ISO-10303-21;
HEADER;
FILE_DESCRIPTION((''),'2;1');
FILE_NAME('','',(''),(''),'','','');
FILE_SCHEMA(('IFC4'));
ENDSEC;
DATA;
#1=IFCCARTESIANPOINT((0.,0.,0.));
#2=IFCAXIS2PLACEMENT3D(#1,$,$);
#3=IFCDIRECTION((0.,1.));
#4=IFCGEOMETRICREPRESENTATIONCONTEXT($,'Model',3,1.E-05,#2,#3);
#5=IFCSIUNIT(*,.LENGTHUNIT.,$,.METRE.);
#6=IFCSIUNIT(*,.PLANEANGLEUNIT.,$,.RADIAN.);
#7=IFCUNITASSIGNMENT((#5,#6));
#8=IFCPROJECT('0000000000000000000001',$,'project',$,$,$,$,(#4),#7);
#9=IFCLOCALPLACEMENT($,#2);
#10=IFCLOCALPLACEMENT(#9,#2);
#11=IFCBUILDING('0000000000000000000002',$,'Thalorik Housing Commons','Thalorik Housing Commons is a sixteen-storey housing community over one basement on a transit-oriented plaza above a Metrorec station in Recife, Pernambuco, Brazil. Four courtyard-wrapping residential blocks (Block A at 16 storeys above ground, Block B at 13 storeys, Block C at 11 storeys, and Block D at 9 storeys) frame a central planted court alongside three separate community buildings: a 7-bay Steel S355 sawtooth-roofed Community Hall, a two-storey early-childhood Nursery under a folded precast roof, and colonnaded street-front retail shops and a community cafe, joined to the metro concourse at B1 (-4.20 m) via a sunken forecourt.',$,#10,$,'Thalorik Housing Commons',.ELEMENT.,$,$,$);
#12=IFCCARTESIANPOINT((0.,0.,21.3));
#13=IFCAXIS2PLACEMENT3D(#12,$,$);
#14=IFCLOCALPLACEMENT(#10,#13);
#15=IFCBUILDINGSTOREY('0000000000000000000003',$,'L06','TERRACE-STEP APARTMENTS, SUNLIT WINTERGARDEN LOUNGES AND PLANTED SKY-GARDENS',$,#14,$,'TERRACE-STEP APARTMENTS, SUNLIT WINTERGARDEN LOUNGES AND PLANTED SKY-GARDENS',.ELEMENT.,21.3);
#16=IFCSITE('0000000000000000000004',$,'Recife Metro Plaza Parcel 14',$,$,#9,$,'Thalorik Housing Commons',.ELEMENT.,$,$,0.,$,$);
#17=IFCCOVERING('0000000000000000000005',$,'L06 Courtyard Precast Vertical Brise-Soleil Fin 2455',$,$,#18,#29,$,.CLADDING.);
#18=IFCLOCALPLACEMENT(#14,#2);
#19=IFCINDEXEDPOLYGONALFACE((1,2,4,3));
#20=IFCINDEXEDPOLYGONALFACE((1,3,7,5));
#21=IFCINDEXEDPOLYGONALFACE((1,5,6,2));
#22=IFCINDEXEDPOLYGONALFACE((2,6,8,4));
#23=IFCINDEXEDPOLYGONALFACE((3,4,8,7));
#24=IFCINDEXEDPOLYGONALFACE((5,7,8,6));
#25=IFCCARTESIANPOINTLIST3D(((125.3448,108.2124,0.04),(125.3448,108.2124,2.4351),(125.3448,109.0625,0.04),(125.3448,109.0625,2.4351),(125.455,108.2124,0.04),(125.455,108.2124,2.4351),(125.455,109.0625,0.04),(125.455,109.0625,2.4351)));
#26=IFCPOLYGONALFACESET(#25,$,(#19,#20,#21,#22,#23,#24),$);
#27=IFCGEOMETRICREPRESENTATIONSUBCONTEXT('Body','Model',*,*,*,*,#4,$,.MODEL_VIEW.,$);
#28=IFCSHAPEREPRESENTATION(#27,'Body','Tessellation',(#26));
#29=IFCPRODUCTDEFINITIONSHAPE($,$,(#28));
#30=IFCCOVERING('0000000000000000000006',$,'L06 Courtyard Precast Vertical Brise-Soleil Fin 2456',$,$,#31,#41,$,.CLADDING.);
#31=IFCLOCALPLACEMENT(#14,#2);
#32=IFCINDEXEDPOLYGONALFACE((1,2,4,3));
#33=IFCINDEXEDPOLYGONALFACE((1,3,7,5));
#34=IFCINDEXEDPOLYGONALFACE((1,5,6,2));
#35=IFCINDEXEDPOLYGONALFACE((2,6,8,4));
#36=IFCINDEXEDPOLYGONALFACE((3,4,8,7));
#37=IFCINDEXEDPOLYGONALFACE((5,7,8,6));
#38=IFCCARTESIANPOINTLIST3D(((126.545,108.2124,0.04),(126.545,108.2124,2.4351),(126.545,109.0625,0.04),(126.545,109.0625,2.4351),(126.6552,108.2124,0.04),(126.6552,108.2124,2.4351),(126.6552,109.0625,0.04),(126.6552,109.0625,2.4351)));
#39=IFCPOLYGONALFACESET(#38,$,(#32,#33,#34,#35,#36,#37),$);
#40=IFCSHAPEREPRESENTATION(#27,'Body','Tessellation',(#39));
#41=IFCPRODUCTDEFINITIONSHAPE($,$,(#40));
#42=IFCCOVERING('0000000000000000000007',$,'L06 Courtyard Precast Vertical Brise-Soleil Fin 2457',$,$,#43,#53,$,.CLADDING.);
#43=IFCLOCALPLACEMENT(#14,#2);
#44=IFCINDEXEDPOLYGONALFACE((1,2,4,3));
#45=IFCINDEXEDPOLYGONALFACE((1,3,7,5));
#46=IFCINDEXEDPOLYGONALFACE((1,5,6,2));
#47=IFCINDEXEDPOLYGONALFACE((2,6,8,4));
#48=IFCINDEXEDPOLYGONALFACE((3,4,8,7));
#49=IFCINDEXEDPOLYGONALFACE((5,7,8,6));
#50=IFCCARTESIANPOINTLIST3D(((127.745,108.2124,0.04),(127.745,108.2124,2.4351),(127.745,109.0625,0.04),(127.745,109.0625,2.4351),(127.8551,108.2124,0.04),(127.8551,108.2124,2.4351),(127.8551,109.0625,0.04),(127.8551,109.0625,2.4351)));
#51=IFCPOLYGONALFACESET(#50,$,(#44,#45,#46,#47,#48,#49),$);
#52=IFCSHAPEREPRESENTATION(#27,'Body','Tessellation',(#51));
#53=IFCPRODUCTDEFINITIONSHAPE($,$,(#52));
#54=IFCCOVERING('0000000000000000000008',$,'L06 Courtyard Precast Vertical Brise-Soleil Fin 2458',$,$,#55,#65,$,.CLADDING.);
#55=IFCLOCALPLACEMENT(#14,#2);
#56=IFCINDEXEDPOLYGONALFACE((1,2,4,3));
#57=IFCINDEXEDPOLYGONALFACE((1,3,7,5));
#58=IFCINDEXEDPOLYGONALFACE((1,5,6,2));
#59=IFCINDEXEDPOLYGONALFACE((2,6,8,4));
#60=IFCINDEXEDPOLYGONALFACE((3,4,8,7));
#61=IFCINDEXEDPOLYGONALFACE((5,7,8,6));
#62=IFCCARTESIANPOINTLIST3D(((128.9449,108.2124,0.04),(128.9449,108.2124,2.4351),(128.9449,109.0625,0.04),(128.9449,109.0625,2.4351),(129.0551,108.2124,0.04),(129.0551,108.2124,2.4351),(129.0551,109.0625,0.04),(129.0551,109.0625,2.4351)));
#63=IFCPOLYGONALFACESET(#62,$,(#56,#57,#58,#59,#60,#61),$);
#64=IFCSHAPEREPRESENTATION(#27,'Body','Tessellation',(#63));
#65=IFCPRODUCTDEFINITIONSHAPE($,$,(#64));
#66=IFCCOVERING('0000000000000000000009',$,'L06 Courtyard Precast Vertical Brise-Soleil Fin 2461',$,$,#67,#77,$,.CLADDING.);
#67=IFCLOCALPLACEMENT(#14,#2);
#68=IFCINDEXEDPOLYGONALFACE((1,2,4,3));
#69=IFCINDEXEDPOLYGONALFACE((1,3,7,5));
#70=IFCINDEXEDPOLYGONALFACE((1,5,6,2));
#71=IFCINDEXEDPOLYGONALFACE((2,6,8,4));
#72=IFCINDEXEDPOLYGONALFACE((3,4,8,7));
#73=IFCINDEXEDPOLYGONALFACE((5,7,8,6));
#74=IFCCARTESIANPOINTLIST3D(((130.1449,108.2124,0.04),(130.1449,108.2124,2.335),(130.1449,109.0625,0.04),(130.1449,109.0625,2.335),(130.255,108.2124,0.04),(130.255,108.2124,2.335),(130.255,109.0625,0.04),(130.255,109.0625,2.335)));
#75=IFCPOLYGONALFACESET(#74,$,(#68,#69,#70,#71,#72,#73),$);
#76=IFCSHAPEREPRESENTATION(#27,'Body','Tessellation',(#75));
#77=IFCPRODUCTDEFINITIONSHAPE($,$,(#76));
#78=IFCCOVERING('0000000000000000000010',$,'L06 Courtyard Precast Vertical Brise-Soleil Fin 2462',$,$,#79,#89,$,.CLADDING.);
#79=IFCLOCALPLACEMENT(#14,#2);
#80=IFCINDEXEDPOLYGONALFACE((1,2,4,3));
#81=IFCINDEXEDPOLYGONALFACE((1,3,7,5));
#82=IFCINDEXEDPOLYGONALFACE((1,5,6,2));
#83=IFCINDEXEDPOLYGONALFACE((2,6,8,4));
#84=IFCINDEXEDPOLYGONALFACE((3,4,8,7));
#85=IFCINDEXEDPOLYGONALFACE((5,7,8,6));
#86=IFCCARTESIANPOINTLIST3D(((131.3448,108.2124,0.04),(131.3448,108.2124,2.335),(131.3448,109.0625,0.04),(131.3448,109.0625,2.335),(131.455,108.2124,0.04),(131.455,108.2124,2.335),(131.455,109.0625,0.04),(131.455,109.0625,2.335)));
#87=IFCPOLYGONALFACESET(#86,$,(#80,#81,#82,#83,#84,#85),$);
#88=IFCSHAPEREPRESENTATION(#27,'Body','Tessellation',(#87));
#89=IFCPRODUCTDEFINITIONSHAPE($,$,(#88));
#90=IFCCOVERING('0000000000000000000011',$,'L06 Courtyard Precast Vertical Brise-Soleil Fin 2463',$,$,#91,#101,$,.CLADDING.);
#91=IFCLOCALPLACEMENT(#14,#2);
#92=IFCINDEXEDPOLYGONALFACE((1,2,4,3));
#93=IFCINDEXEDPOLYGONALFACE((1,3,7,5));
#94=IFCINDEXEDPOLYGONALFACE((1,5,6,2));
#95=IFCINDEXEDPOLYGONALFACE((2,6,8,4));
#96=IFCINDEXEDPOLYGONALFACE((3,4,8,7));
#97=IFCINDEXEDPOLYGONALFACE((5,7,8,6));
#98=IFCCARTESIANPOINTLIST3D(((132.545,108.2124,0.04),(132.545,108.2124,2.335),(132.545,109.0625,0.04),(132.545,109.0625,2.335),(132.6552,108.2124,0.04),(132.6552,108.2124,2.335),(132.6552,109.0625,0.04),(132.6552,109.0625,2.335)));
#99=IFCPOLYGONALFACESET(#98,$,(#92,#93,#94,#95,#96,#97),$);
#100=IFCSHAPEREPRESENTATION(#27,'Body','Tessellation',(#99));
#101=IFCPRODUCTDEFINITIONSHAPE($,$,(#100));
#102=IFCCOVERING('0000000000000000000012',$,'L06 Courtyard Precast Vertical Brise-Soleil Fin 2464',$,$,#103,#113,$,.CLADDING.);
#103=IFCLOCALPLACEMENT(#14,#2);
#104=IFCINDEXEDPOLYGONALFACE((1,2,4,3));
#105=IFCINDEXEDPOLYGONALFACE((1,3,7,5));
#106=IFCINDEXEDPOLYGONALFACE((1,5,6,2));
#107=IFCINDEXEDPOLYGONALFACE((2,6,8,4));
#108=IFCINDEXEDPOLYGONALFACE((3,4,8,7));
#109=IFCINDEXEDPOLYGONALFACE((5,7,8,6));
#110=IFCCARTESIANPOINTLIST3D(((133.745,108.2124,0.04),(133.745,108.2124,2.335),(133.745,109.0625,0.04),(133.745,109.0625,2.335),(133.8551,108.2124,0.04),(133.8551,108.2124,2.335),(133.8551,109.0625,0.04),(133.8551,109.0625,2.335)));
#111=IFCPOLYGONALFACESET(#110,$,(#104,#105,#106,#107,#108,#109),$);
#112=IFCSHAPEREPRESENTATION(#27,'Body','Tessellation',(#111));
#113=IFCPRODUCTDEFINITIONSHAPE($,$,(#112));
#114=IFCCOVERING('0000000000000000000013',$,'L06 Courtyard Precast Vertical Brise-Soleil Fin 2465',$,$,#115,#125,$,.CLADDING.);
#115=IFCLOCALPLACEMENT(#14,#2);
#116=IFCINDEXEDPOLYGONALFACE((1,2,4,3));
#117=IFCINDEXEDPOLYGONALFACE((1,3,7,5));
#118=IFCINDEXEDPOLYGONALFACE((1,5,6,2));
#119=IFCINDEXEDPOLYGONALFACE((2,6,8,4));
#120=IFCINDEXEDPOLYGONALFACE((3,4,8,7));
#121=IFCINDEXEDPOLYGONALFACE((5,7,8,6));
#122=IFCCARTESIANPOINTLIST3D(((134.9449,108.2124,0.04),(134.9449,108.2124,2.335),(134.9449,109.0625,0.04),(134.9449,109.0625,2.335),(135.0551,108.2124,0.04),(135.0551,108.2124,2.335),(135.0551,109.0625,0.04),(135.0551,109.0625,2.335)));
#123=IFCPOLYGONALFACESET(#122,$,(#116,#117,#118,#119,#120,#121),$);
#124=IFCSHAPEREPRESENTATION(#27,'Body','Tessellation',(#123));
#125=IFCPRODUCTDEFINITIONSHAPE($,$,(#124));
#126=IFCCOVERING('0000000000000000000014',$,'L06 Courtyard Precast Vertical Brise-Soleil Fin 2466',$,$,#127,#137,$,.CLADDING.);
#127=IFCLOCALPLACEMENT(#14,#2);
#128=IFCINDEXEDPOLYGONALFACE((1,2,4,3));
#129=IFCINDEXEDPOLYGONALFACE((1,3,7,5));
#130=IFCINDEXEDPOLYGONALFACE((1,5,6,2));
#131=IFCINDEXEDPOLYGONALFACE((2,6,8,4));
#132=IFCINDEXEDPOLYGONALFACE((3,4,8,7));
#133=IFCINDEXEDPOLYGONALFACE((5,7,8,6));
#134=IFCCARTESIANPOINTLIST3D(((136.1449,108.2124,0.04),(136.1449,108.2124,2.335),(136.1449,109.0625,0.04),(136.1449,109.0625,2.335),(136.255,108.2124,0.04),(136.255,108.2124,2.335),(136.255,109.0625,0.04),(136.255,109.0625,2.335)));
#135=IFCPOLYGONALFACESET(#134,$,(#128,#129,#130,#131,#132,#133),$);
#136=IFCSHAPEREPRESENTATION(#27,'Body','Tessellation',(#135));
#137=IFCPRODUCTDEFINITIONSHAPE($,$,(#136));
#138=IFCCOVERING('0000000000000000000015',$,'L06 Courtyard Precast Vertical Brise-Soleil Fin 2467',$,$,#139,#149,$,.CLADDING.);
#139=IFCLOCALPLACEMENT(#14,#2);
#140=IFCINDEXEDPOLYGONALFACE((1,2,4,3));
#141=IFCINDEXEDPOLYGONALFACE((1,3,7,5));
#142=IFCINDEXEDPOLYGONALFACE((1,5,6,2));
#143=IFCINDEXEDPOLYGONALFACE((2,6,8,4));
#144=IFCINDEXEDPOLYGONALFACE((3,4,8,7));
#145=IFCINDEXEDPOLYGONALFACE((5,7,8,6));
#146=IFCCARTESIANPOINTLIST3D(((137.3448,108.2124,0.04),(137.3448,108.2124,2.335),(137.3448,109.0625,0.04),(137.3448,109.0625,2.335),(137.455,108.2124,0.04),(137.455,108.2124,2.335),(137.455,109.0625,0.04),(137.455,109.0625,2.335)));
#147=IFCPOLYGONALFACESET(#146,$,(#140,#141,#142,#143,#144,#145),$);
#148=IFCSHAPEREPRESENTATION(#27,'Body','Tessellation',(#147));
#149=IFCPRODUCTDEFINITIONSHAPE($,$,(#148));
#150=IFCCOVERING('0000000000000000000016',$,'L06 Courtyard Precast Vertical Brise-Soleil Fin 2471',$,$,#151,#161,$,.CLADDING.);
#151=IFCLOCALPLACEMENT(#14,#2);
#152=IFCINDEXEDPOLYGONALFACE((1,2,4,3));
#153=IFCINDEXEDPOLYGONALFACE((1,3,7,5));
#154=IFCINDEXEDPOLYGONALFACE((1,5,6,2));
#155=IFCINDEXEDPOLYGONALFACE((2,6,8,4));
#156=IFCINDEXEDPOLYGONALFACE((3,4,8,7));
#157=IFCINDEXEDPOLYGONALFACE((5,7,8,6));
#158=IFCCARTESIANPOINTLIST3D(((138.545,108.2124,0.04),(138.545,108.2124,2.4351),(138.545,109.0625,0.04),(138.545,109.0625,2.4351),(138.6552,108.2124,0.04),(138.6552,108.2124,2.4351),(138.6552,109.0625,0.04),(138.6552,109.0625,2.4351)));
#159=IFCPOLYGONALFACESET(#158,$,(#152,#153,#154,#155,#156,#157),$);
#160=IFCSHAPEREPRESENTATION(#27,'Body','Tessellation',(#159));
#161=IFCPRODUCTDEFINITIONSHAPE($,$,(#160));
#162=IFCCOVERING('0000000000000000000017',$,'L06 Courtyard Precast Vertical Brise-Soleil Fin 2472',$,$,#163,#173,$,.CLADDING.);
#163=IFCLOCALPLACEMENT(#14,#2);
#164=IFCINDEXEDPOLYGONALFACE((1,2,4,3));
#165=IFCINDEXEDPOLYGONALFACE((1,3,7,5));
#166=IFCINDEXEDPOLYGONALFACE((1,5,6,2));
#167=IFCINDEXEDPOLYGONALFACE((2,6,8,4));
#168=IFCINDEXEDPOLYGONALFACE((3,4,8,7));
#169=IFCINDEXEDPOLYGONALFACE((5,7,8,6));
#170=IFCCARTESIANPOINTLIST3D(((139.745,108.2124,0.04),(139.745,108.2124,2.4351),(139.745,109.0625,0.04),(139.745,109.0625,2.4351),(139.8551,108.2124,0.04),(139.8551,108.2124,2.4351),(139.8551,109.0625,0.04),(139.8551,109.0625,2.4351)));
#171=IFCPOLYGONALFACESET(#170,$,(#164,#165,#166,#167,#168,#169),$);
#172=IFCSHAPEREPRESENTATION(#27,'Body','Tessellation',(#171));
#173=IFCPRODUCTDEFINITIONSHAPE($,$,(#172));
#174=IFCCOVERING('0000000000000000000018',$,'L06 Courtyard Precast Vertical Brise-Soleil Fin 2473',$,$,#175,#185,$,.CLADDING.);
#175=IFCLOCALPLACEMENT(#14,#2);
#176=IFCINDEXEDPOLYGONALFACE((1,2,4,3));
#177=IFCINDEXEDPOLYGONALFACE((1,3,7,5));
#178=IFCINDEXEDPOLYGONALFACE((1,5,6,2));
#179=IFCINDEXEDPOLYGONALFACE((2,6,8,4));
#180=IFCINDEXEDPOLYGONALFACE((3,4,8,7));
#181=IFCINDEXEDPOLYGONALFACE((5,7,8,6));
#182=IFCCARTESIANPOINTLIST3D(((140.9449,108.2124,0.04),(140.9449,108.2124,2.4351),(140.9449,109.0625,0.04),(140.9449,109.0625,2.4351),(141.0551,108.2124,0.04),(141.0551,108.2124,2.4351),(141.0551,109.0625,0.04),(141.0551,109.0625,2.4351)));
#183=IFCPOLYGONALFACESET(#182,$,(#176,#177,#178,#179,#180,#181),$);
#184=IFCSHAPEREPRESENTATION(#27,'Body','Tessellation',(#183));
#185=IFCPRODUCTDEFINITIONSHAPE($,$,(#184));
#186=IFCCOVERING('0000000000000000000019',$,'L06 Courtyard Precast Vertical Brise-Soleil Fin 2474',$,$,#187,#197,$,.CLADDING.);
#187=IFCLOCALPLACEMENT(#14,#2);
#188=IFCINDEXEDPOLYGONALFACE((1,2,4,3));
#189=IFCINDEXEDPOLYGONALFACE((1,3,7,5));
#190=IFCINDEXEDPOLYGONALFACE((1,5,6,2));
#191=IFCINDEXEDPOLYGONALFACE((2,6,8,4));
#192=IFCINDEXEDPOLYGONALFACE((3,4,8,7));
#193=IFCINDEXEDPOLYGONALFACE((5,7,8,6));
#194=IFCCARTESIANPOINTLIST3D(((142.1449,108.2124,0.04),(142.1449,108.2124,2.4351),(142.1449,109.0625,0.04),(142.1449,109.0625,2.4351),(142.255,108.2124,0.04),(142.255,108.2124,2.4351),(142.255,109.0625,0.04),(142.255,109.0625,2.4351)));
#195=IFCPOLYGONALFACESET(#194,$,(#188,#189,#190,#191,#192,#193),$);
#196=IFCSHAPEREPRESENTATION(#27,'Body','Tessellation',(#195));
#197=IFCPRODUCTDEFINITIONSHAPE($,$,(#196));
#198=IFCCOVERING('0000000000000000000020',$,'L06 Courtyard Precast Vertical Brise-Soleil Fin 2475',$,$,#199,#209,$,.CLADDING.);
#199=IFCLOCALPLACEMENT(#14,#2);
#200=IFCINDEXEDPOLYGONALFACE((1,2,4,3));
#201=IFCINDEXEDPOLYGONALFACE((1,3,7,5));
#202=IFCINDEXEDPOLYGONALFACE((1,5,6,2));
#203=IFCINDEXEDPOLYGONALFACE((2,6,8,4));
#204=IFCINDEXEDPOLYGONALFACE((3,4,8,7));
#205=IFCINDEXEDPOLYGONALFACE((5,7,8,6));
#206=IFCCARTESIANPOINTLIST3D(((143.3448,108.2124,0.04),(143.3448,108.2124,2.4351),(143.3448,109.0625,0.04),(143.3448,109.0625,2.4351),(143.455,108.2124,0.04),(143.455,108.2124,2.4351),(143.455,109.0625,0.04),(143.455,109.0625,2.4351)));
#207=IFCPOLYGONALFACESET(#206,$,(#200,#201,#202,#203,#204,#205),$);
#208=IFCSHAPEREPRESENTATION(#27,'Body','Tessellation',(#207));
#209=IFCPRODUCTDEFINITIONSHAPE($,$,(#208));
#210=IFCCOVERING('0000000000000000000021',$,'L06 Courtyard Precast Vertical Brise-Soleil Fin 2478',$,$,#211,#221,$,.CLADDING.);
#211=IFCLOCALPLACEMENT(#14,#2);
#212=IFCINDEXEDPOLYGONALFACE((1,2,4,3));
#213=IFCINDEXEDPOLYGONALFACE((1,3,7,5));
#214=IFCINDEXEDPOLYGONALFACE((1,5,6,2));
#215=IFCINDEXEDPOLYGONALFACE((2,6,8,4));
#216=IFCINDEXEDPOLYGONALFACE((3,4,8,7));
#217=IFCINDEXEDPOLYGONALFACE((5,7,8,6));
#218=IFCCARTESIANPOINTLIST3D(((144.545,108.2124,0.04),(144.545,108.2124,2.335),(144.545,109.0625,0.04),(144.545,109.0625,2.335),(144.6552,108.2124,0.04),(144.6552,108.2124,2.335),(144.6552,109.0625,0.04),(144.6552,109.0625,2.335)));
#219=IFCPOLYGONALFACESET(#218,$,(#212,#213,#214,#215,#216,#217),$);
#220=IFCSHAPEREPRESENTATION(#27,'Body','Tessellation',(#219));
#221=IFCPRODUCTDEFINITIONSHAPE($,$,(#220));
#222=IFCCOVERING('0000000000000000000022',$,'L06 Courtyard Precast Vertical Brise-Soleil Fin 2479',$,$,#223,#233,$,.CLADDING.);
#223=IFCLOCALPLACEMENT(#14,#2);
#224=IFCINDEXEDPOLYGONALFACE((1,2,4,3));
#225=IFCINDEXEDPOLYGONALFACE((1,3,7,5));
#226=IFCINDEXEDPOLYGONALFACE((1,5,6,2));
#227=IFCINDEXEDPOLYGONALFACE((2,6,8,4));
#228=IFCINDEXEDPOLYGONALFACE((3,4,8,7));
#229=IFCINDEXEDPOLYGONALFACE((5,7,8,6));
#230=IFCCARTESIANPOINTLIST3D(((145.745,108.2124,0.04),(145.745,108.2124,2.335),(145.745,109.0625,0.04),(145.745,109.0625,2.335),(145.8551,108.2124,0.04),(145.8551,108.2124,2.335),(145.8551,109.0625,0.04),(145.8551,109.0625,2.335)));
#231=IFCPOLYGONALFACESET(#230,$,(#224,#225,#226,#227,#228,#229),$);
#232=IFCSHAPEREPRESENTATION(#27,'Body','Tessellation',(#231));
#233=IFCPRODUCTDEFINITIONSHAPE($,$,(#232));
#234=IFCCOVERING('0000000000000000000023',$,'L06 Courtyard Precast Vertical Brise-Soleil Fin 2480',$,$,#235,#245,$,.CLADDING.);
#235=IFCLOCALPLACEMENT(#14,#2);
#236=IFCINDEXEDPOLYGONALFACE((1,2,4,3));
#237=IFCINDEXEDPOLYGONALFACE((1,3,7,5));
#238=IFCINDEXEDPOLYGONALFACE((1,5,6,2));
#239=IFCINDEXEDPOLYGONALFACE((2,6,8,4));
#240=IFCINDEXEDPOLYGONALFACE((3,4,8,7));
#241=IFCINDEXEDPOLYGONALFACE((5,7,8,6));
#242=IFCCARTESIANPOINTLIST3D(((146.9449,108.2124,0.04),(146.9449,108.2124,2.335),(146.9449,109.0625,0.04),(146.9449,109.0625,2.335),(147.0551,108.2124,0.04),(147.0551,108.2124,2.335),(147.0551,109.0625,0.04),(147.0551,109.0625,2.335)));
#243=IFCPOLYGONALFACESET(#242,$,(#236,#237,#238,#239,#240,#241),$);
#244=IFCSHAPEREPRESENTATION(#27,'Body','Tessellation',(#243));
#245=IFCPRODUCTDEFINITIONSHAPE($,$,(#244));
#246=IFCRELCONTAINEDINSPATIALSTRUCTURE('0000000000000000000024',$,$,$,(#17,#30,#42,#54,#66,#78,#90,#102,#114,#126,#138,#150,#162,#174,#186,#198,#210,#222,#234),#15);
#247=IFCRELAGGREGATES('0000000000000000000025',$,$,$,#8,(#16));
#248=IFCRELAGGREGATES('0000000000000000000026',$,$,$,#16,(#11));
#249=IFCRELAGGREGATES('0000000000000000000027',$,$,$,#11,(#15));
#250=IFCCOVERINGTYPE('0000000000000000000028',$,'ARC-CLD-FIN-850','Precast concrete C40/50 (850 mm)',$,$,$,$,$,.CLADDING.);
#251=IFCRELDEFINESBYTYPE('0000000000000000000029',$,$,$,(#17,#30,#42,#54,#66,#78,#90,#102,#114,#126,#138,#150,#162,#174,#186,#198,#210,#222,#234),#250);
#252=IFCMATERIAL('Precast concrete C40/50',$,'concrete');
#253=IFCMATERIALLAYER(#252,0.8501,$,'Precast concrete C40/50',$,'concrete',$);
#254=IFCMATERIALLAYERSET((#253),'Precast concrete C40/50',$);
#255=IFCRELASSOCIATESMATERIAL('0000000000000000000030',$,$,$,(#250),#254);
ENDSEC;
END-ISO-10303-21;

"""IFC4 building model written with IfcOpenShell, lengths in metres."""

from ifc_helpers import new_model, si_unit, direction, frame, origin, origin_2d, place, context, subcontext, project, spatial, rectangle, extrude, material, layer, layer_set, type_object, element, save


model = new_model("IFC4")

# Units and contexts
model_context = context("Model", 3, precision=1e-05, world=origin(), true_north=direction((0.0, 1.0)))
body_context = subcontext(model_context, "Body", "Model", "MODEL_VIEW")
ifc_project = project(units=[si_unit("LENGTHUNIT", "METRE"), si_unit("PLANEANGLEUNIT", "RADIAN")], contexts=[model_context])

# Site, building, storey
site_placement = place(None, origin())
site = spatial("IfcSite", under=ifc_project, at=site_placement, Name="Recife Metro Plaza Parcel 14", LongName="Thalorik Housing Commons", CompositionType="ELEMENT", RefElevation=0.0)
building_placement = place(site_placement, origin())
building = spatial("IfcBuilding", under=site, at=building_placement, Name="Thalorik Housing Commons", Description="Thalorik Housing Commons is a sixteen-storey housing community over one basement on a transit-oriented plaza above a Metrorec station in Recife, Pernambuco, Brazil. Four courtyard-wrapping residential blocks (Block A at 16 storeys above ground, Block B at 13 storeys, Block C at 11 storeys, and Block D at 9 storeys) frame a central planted court alongside three separate community buildings: a 7-bay Steel S355 sawtooth-roofed Community Hall, a two-storey early-childhood Nursery under a folded precast roof, and colonnaded street-front retail shops and a community cafe, joined to the metro concourse at B1 (-4.20 m) via a sunken forecourt.", LongName="Thalorik Housing Commons", CompositionType="ELEMENT")
storey_placement = place(building_placement, frame((0.0, 0.0, 21.3)))
storey = spatial("IfcBuildingStorey", under=building, at=storey_placement, Name="L06", Description="TERRACE-STEP APARTMENTS, SUNLIT WINTERGARDEN LOUNGES AND PLANTED SKY-GARDENS", LongName="TERRACE-STEP APARTMENTS, SUNLIT WINTERGARDEN LOUNGES AND PLANTED SKY-GARDENS", CompositionType="ELEMENT", Elevation=21.3)

# Coverings
ifc_material = material(Name="Precast concrete C40/50", Category="concrete")
ifc_layer_1 = layer(ifc_material, 0.8501, Name="Precast concrete C40/50", Category="concrete")
ifc_layer_set_1 = layer_set([ifc_layer_1], Name="Precast concrete C40/50")
covering_type_1 = type_object("IfcCoveringType", Name="ARC-CLD-FIN-850", Description="Precast concrete C40/50 (850 mm)", PredefinedType="CLADDING", material=ifc_layer_set_1)
for number, where, z_axis, x_axis, name in (
    (1, (125.3999, 108.6375, 0.04), (0.0, 0.0, 1.0), (1.0, 0.0, 0.0), "L06 Courtyard Precast Vertical Brise-Soleil Fin 2455"),
    (2, (126.6001, 108.6375, 0.04), (0.0, 0.0, 1.0), (1.0, 0.0, 0.0), "L06 Courtyard Precast Vertical Brise-Soleil Fin 2456"),
    (3, (127.8, 108.6375, 0.04), (0.0, 0.0, 1.0), (1.0, 0.0, 0.0), "L06 Courtyard Precast Vertical Brise-Soleil Fin 2457"),
    (4, (129.0, 108.6375, 0.04), (0.0, 0.0, 1.0), (1.0, 0.0, 0.0), "L06 Courtyard Precast Vertical Brise-Soleil Fin 2458"),
):
    element("IfcCovering", number, at=place(storey_placement, frame(where, z_axis=z_axis, x_axis=x_axis)), inside=storey, type_object=covering_type_1, Name=name, PredefinedType="CLADDING", context=body_context, shape_type="SweptSolid", body=[
        extrude(rectangle(XDim=0.1101, YDim=0.8501, at=origin_2d()), origin(), (0.0, 0.0, 1.0), 2.395),
    ])
for number, where, z_axis, x_axis, name in (
    (5, (130.2, 108.6375, 0.04), (0.0, 0.0, 1.0), (1.0, 0.0, 0.0), "L06 Courtyard Precast Vertical Brise-Soleil Fin 2461"),
    (6, (131.3999, 108.6375, 0.04), (0.0, 0.0, 1.0), (1.0, 0.0, 0.0), "L06 Courtyard Precast Vertical Brise-Soleil Fin 2462"),
    (7, (132.6001, 108.6375, 0.04), (0.0, 0.0, 1.0), (1.0, 0.0, 0.0), "L06 Courtyard Precast Vertical Brise-Soleil Fin 2463"),
    (8, (133.8, 108.6375, 0.04), (0.0, 0.0, 1.0), (1.0, 0.0, 0.0), "L06 Courtyard Precast Vertical Brise-Soleil Fin 2464"),
    (9, (135.0, 108.6375, 0.04), (0.0, 0.0, 1.0), (1.0, 0.0, 0.0), "L06 Courtyard Precast Vertical Brise-Soleil Fin 2465"),
    (10, (136.2, 108.6375, 0.04), (0.0, 0.0, 1.0), (1.0, 0.0, 0.0), "L06 Courtyard Precast Vertical Brise-Soleil Fin 2466"),
    (11, (137.3999, 108.6375, 0.04), (0.0, 0.0, 1.0), (1.0, 0.0, 0.0), "L06 Courtyard Precast Vertical Brise-Soleil Fin 2467"),
):
    element("IfcCovering", number, at=place(storey_placement, frame(where, z_axis=z_axis, x_axis=x_axis)), inside=storey, type_object=covering_type_1, Name=name, PredefinedType="CLADDING", context=body_context, shape_type="SweptSolid", body=[
        extrude(rectangle(XDim=0.1101, YDim=0.8501, at=origin_2d()), origin(), (0.0, 0.0, 1.0), 2.2949),
    ])
for number, where, z_axis, x_axis, name in (
    (12, (138.6001, 108.6375, 0.04), (0.0, 0.0, 1.0), (1.0, 0.0, 0.0), "L06 Courtyard Precast Vertical Brise-Soleil Fin 2471"),
    (13, (139.8, 108.6375, 0.04), (0.0, 0.0, 1.0), (1.0, 0.0, 0.0), "L06 Courtyard Precast Vertical Brise-Soleil Fin 2472"),
    (14, (141.0, 108.6375, 0.04), (0.0, 0.0, 1.0), (1.0, 0.0, 0.0), "L06 Courtyard Precast Vertical Brise-Soleil Fin 2473"),
    (15, (142.2, 108.6375, 0.04), (0.0, 0.0, 1.0), (1.0, 0.0, 0.0), "L06 Courtyard Precast Vertical Brise-Soleil Fin 2474"),
    (16, (143.3999, 108.6375, 0.04), (0.0, 0.0, 1.0), (1.0, 0.0, 0.0), "L06 Courtyard Precast Vertical Brise-Soleil Fin 2475"),
):
    element("IfcCovering", number, at=place(storey_placement, frame(where, z_axis=z_axis, x_axis=x_axis)), inside=storey, type_object=covering_type_1, Name=name, PredefinedType="CLADDING", context=body_context, shape_type="SweptSolid", body=[
        extrude(rectangle(XDim=0.1101, YDim=0.8501, at=origin_2d()), origin(), (0.0, 0.0, 1.0), 2.395),
    ])
for number, where, z_axis, x_axis, name in (
    (17, (144.6001, 108.6375, 0.04), (0.0, 0.0, 1.0), (1.0, 0.0, 0.0), "L06 Courtyard Precast Vertical Brise-Soleil Fin 2478"),
    (18, (145.8, 108.6375, 0.04), (0.0, 0.0, 1.0), (1.0, 0.0, 0.0), "L06 Courtyard Precast Vertical Brise-Soleil Fin 2479"),
    (19, (147.0, 108.6375, 0.04), (0.0, 0.0, 1.0), (1.0, 0.0, 0.0), "L06 Courtyard Precast Vertical Brise-Soleil Fin 2480"),
):
    element("IfcCovering", number, at=place(storey_placement, frame(where, z_axis=z_axis, x_axis=x_axis)), inside=storey, type_object=covering_type_1, Name=name, PredefinedType="CLADDING", context=body_context, shape_type="SweptSolid", body=[
        extrude(rectangle(XDim=0.1101, YDim=0.8501, at=origin_2d()), origin(), (0.0, 0.0, 1.0), 2.2949),
    ])

save(model, "model.ifc")
